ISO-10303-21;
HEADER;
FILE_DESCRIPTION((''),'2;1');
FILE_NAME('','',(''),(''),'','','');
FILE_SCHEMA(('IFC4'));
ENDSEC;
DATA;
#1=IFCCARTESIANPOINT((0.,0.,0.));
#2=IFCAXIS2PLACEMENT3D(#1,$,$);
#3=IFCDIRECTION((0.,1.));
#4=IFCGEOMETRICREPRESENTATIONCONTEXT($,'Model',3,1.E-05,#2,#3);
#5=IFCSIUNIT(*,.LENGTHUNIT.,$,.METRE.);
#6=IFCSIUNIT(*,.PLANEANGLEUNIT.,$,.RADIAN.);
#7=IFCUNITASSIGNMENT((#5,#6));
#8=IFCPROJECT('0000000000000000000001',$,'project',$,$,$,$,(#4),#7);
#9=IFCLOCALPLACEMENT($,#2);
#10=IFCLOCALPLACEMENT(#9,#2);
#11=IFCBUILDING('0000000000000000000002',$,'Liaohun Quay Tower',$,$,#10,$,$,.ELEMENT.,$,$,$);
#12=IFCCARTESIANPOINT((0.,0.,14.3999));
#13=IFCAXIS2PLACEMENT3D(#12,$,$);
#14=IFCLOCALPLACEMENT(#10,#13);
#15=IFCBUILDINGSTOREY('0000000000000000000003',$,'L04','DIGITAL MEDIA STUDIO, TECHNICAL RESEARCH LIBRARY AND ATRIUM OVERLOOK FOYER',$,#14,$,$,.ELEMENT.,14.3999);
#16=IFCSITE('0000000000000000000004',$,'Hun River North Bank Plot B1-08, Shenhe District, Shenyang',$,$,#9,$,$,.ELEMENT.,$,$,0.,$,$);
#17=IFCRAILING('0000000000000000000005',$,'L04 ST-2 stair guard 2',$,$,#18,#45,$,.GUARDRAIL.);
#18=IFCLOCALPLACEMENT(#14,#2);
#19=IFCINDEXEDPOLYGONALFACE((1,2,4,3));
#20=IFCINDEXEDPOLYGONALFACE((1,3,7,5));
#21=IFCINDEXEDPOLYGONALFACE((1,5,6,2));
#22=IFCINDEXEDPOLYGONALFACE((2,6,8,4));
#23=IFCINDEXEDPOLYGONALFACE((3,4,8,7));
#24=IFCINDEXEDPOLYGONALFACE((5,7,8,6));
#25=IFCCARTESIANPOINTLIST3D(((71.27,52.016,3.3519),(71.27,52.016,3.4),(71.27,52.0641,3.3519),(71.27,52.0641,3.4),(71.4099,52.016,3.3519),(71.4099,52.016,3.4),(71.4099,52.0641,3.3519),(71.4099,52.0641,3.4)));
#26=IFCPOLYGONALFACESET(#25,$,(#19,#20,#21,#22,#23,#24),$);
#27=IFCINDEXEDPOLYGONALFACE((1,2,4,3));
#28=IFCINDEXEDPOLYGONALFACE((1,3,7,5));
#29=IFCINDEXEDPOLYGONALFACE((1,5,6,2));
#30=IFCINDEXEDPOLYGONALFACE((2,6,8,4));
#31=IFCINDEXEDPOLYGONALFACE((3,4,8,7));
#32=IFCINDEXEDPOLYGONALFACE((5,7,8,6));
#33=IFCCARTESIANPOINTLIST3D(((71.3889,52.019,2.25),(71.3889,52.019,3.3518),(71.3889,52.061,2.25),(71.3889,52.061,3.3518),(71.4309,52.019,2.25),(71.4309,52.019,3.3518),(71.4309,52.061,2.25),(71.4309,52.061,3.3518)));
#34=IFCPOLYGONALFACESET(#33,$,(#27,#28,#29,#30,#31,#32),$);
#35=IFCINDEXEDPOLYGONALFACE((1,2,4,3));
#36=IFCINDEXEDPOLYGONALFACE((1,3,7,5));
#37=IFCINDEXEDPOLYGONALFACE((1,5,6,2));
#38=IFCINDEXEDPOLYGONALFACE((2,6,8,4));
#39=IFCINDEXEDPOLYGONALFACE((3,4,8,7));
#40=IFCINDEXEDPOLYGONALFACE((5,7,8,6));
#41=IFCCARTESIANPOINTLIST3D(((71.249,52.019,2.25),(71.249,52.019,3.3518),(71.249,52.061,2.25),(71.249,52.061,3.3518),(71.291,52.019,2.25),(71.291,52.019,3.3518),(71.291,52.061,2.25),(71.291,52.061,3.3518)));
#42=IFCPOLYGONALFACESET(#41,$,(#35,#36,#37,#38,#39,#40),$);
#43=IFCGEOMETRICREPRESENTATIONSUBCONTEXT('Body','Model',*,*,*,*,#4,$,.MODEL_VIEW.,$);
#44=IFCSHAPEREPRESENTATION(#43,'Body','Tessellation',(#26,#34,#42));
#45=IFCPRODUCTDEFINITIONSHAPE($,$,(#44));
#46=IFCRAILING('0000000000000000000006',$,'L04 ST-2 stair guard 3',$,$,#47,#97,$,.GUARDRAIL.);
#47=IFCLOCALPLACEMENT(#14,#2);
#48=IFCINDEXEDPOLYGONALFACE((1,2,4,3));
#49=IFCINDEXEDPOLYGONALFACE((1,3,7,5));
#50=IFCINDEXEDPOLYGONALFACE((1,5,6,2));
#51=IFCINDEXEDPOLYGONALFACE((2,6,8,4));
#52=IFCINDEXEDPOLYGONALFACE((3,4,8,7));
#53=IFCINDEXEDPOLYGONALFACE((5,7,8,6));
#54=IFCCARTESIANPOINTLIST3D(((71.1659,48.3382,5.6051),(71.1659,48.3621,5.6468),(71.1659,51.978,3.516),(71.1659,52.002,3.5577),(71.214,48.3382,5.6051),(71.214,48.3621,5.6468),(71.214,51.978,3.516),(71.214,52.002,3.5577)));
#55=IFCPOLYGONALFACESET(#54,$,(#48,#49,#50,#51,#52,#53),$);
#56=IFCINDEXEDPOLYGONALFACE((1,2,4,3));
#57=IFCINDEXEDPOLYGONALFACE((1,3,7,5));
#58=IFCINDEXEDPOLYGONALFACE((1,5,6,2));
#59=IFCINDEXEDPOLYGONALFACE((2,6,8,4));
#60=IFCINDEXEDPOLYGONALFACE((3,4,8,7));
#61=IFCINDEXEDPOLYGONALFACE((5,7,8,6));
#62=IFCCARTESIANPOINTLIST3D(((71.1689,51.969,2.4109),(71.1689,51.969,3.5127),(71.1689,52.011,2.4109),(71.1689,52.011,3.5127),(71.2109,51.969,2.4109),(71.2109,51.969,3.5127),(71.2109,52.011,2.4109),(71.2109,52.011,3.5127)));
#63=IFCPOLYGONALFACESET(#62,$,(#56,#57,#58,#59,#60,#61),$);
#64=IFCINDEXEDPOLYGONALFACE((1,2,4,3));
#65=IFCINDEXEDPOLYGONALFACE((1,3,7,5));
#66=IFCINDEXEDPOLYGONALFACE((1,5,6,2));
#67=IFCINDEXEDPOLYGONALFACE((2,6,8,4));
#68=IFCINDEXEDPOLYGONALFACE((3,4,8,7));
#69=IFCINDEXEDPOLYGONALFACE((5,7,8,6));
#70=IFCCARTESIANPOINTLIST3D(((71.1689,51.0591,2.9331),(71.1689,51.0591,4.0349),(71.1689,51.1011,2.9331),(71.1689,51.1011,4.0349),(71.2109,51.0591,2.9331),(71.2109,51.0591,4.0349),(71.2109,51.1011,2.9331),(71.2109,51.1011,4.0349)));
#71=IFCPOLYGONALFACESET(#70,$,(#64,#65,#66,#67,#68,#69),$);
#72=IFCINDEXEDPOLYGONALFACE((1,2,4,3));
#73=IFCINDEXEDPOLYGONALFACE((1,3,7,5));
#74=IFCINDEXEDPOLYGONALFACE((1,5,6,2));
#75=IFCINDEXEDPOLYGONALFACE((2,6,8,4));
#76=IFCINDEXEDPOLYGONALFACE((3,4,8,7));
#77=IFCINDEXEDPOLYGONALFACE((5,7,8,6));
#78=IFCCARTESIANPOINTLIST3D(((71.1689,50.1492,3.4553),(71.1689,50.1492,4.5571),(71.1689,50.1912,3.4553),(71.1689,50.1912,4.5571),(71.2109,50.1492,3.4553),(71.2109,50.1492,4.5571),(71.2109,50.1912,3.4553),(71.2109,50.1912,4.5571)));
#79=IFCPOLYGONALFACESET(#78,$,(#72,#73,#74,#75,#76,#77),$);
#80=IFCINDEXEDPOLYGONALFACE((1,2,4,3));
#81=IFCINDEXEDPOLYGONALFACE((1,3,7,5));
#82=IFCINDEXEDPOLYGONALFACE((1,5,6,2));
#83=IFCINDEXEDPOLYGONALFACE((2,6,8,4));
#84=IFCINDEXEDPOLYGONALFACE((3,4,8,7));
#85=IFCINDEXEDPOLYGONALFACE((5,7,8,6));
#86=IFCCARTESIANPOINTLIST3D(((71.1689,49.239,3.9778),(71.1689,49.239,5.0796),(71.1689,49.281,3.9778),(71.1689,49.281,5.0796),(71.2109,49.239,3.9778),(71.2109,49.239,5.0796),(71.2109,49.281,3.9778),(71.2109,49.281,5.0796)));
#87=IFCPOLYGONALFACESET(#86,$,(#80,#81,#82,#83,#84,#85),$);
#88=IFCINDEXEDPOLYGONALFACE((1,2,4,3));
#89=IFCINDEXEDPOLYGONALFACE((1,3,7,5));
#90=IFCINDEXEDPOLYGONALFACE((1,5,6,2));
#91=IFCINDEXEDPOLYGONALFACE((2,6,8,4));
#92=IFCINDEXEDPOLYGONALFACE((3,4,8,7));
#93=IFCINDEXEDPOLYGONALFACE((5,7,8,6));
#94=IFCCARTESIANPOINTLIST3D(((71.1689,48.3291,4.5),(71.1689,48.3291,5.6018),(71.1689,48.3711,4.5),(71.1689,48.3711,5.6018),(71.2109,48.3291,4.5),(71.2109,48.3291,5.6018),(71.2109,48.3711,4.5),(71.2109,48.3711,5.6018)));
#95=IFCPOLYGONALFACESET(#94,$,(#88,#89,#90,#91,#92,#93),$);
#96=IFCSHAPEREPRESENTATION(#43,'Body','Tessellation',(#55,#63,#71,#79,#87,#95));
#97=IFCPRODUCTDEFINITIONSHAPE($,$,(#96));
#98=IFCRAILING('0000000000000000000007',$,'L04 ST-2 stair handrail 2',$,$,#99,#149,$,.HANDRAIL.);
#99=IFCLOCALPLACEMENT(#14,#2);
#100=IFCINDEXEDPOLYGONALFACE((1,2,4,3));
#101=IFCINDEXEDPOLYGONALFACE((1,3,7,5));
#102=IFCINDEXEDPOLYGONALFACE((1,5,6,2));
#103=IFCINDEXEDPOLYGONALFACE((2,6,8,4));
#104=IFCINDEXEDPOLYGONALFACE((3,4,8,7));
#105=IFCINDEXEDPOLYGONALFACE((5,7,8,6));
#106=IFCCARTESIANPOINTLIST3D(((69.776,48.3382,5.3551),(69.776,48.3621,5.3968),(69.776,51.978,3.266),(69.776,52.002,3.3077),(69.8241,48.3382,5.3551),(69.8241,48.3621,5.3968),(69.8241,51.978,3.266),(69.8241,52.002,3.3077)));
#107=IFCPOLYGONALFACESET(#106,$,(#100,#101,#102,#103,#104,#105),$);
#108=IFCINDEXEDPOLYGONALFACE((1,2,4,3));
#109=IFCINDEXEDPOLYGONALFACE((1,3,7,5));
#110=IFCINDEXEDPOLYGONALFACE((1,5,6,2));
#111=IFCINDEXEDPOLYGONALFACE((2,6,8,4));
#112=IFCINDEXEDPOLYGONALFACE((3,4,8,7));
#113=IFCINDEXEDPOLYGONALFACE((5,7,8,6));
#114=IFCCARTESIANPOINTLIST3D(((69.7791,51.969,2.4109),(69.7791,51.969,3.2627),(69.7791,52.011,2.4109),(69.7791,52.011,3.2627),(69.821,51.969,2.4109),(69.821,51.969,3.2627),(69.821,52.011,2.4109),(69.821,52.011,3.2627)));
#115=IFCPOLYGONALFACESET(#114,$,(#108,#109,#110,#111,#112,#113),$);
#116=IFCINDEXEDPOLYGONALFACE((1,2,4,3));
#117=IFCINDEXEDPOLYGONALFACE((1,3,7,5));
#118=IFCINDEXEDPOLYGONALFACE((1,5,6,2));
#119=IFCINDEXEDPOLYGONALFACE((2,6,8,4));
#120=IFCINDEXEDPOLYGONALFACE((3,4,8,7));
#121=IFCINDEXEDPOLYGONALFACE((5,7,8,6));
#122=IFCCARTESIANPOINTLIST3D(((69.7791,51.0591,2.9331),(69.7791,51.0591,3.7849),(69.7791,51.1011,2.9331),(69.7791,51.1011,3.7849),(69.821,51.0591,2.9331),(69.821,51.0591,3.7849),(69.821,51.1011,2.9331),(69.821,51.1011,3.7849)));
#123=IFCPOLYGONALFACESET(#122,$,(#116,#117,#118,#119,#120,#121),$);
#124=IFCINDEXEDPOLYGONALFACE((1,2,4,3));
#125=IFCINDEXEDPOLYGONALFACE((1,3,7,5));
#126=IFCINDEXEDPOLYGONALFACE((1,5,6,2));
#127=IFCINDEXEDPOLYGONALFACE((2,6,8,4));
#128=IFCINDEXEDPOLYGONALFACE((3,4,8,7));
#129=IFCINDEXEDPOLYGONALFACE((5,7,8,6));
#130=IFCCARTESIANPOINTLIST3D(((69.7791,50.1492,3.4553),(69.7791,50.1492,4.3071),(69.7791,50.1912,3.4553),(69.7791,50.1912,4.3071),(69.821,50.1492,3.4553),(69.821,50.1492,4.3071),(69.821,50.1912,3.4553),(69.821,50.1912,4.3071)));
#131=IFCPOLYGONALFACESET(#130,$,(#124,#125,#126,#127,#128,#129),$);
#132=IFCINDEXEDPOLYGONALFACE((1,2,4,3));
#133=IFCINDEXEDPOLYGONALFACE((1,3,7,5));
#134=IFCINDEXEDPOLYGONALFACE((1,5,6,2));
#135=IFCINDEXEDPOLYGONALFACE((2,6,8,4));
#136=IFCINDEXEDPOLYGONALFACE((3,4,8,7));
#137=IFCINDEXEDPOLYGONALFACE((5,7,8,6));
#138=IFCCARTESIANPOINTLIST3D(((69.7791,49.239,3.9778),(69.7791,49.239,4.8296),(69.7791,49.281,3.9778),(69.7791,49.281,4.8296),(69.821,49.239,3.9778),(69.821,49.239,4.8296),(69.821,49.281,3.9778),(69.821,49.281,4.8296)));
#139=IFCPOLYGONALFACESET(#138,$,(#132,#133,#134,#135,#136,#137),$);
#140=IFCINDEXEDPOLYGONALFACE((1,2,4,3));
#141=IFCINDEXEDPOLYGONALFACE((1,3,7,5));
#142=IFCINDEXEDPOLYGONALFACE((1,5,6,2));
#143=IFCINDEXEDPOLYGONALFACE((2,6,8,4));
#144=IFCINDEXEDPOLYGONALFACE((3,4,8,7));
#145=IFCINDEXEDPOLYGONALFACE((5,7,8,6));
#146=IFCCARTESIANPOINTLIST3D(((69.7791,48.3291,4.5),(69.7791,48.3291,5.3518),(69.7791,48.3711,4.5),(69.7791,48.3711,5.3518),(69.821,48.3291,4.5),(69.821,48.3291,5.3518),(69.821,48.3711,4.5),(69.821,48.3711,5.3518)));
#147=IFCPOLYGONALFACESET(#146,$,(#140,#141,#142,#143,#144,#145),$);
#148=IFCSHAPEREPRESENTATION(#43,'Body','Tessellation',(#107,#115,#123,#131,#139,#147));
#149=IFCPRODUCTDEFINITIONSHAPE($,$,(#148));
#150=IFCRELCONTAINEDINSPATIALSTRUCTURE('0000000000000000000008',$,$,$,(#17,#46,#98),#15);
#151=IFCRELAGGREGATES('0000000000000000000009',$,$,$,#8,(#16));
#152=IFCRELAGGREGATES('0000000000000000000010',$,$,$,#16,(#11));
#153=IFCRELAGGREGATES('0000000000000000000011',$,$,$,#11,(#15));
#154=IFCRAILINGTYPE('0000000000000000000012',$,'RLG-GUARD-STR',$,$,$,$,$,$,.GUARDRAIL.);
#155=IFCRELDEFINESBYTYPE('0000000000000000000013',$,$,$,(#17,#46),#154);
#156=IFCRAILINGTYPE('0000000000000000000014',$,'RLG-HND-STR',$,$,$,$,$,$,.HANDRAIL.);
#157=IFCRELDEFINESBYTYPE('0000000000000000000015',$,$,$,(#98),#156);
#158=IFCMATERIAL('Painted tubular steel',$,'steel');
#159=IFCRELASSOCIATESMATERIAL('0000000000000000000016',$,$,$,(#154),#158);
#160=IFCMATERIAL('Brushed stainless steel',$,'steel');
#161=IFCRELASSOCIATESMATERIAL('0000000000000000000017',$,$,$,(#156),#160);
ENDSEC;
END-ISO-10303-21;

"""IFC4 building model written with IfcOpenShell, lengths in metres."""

from ifc_helpers import new_model, si_unit, direction, frame, origin, origin_2d, place, context, subcontext, project, spatial, rectangle, extrude, material, type_object, element, save


model = new_model("IFC4")

# Units and contexts
model_context = context("Model", 3, precision=1e-05, world=origin(), true_north=direction((0.0, 1.0)))
body_context = subcontext(model_context, "Body", "Model", "MODEL_VIEW")
ifc_project = project(units=[si_unit("LENGTHUNIT", "METRE"), si_unit("PLANEANGLEUNIT", "RADIAN")], contexts=[model_context])

# Site, building, storey
site_placement = place(None, origin())
site = spatial("IfcSite", under=ifc_project, at=site_placement, Name="Hun River North Bank Plot B1-08, Shenhe District, Shenyang", CompositionType="ELEMENT", RefElevation=0.0)
building_placement = place(site_placement, origin())
building = spatial("IfcBuilding", under=site, at=building_placement, Name="Liaohun Quay Tower", CompositionType="ELEMENT")
storey_placement = place(building_placement, frame((0.0, 0.0, 14.3999)))
storey = spatial("IfcBuildingStorey", under=building, at=storey_placement, Name="L04", Description="DIGITAL MEDIA STUDIO, TECHNICAL RESEARCH LIBRARY AND ATRIUM OVERLOOK FOYER", CompositionType="ELEMENT", Elevation=14.3999)

# Railings
ifc_material_1 = material(Name="Painted tubular steel", Category="steel")
railing_type_1 = type_object("IfcRailingType", Name="RLG-GUARD-STR", PredefinedType="GUARDRAIL", material=ifc_material_1)
railing_1_placement = place(storey_placement, frame((71.4099, 52.04, 2.25)))
element("IfcRailing", 1, at=railing_1_placement, inside=storey, type_object=railing_type_1, Name="L04 ST-2 stair guard 2", PredefinedType="GUARDRAIL", context=body_context, shape_type="SweptSolid", body=[
    extrude(rectangle(XDim=0.0481, YDim=0.0481, at=origin_2d()), frame((0.0, 0.0, 1.126), z_axis=(-1.0, 0.0, 0.0), x_axis=(0.0, -1.0, 0.0)), (0.0, 0.0, 1.0), 0.1399),
    extrude(rectangle(XDim=0.042, YDim=0.042, at=origin_2d()), origin(), (0.0, 0.0, 1.0), 1.1018),
    extrude(rectangle(XDim=0.042, YDim=0.042, at=origin_2d()), frame((-0.1399, 0.0, 0.0)), (0.0, 0.0, 1.0), 1.1018),
])
railing_2_placement = place(storey_placement, frame((71.1899, 51.99, 2.4109)))
element("IfcRailing", 2, at=railing_2_placement, inside=storey, type_object=railing_type_1, Name="L04 ST-2 stair guard 3", PredefinedType="GUARDRAIL", context=body_context, shape_type="SweptSolid", body=[
    extrude(rectangle(XDim=0.0481, YDim=0.0481, at=origin_2d()), frame((0.0, 0.0, 1.126), z_axis=(0.0, -0.8673, 0.497786), x_axis=(1.0, 0.0, 0.0)), (0.0, 0.0, 1.0), 4.1968),
    extrude(rectangle(XDim=0.042, YDim=0.042, at=origin_2d()), origin(), (0.0, 0.0, 1.0), 1.1018),
    extrude(rectangle(XDim=0.042, YDim=0.042, at=origin_2d()), frame((0.0, -0.9099, 0.5222)), (0.0, 0.0, 1.0), 1.1018),
    extrude(rectangle(XDim=0.042, YDim=0.042, at=origin_2d()), frame((0.0, -1.8198, 1.0444)), (0.0, 0.0, 1.0), 1.1018),
    extrude(rectangle(XDim=0.042, YDim=0.042, at=origin_2d()), frame((0.0, -2.73, 1.5669)), (0.0, 0.0, 1.0), 1.1018),
    extrude(rectangle(XDim=0.042, YDim=0.042, at=origin_2d()), frame((0.0, -3.6399, 2.0891)), (0.0, 0.0, 1.0), 1.1018),
])
ifc_material_2 = material(Name="Brushed stainless steel", Category="steel")
railing_type_2 = type_object("IfcRailingType", Name="RLG-HND-STR", PredefinedType="HANDRAIL", material=ifc_material_2)
railing_3_placement = place(storey_placement, frame((69.8, 51.99, 2.4109)))
element("IfcRailing", 3, at=railing_3_placement, inside=storey, type_object=railing_type_2, Name="L04 ST-2 stair handrail 2", PredefinedType="HANDRAIL", context=body_context, shape_type="SweptSolid", body=[
    extrude(rectangle(XDim=0.0481, YDim=0.0481, at=origin_2d()), frame((0.0, 0.0, 0.876), z_axis=(0.0, -0.8673, 0.497786), x_axis=(1.0, 0.0, 0.0)), (0.0, 0.0, 1.0), 4.1968),
    extrude(rectangle(XDim=0.042, YDim=0.042, at=origin_2d()), origin(), (0.0, 0.0, 1.0), 0.8518),
    extrude(rectangle(XDim=0.042, YDim=0.042, at=origin_2d()), frame((0.0, -0.9099, 0.5222)), (0.0, 0.0, 1.0), 0.8518),
    extrude(rectangle(XDim=0.042, YDim=0.042, at=origin_2d()), frame((0.0, -1.8198, 1.0444)), (0.0, 0.0, 1.0), 0.8518),
    extrude(rectangle(XDim=0.042, YDim=0.042, at=origin_2d()), frame((0.0, -2.73, 1.5669)), (0.0, 0.0, 1.0), 0.8518),
    extrude(rectangle(XDim=0.042, YDim=0.042, at=origin_2d()), frame((0.0, -3.6399, 2.0891)), (0.0, 0.0, 1.0), 0.8518),
])

save(model, "model.ifc")
